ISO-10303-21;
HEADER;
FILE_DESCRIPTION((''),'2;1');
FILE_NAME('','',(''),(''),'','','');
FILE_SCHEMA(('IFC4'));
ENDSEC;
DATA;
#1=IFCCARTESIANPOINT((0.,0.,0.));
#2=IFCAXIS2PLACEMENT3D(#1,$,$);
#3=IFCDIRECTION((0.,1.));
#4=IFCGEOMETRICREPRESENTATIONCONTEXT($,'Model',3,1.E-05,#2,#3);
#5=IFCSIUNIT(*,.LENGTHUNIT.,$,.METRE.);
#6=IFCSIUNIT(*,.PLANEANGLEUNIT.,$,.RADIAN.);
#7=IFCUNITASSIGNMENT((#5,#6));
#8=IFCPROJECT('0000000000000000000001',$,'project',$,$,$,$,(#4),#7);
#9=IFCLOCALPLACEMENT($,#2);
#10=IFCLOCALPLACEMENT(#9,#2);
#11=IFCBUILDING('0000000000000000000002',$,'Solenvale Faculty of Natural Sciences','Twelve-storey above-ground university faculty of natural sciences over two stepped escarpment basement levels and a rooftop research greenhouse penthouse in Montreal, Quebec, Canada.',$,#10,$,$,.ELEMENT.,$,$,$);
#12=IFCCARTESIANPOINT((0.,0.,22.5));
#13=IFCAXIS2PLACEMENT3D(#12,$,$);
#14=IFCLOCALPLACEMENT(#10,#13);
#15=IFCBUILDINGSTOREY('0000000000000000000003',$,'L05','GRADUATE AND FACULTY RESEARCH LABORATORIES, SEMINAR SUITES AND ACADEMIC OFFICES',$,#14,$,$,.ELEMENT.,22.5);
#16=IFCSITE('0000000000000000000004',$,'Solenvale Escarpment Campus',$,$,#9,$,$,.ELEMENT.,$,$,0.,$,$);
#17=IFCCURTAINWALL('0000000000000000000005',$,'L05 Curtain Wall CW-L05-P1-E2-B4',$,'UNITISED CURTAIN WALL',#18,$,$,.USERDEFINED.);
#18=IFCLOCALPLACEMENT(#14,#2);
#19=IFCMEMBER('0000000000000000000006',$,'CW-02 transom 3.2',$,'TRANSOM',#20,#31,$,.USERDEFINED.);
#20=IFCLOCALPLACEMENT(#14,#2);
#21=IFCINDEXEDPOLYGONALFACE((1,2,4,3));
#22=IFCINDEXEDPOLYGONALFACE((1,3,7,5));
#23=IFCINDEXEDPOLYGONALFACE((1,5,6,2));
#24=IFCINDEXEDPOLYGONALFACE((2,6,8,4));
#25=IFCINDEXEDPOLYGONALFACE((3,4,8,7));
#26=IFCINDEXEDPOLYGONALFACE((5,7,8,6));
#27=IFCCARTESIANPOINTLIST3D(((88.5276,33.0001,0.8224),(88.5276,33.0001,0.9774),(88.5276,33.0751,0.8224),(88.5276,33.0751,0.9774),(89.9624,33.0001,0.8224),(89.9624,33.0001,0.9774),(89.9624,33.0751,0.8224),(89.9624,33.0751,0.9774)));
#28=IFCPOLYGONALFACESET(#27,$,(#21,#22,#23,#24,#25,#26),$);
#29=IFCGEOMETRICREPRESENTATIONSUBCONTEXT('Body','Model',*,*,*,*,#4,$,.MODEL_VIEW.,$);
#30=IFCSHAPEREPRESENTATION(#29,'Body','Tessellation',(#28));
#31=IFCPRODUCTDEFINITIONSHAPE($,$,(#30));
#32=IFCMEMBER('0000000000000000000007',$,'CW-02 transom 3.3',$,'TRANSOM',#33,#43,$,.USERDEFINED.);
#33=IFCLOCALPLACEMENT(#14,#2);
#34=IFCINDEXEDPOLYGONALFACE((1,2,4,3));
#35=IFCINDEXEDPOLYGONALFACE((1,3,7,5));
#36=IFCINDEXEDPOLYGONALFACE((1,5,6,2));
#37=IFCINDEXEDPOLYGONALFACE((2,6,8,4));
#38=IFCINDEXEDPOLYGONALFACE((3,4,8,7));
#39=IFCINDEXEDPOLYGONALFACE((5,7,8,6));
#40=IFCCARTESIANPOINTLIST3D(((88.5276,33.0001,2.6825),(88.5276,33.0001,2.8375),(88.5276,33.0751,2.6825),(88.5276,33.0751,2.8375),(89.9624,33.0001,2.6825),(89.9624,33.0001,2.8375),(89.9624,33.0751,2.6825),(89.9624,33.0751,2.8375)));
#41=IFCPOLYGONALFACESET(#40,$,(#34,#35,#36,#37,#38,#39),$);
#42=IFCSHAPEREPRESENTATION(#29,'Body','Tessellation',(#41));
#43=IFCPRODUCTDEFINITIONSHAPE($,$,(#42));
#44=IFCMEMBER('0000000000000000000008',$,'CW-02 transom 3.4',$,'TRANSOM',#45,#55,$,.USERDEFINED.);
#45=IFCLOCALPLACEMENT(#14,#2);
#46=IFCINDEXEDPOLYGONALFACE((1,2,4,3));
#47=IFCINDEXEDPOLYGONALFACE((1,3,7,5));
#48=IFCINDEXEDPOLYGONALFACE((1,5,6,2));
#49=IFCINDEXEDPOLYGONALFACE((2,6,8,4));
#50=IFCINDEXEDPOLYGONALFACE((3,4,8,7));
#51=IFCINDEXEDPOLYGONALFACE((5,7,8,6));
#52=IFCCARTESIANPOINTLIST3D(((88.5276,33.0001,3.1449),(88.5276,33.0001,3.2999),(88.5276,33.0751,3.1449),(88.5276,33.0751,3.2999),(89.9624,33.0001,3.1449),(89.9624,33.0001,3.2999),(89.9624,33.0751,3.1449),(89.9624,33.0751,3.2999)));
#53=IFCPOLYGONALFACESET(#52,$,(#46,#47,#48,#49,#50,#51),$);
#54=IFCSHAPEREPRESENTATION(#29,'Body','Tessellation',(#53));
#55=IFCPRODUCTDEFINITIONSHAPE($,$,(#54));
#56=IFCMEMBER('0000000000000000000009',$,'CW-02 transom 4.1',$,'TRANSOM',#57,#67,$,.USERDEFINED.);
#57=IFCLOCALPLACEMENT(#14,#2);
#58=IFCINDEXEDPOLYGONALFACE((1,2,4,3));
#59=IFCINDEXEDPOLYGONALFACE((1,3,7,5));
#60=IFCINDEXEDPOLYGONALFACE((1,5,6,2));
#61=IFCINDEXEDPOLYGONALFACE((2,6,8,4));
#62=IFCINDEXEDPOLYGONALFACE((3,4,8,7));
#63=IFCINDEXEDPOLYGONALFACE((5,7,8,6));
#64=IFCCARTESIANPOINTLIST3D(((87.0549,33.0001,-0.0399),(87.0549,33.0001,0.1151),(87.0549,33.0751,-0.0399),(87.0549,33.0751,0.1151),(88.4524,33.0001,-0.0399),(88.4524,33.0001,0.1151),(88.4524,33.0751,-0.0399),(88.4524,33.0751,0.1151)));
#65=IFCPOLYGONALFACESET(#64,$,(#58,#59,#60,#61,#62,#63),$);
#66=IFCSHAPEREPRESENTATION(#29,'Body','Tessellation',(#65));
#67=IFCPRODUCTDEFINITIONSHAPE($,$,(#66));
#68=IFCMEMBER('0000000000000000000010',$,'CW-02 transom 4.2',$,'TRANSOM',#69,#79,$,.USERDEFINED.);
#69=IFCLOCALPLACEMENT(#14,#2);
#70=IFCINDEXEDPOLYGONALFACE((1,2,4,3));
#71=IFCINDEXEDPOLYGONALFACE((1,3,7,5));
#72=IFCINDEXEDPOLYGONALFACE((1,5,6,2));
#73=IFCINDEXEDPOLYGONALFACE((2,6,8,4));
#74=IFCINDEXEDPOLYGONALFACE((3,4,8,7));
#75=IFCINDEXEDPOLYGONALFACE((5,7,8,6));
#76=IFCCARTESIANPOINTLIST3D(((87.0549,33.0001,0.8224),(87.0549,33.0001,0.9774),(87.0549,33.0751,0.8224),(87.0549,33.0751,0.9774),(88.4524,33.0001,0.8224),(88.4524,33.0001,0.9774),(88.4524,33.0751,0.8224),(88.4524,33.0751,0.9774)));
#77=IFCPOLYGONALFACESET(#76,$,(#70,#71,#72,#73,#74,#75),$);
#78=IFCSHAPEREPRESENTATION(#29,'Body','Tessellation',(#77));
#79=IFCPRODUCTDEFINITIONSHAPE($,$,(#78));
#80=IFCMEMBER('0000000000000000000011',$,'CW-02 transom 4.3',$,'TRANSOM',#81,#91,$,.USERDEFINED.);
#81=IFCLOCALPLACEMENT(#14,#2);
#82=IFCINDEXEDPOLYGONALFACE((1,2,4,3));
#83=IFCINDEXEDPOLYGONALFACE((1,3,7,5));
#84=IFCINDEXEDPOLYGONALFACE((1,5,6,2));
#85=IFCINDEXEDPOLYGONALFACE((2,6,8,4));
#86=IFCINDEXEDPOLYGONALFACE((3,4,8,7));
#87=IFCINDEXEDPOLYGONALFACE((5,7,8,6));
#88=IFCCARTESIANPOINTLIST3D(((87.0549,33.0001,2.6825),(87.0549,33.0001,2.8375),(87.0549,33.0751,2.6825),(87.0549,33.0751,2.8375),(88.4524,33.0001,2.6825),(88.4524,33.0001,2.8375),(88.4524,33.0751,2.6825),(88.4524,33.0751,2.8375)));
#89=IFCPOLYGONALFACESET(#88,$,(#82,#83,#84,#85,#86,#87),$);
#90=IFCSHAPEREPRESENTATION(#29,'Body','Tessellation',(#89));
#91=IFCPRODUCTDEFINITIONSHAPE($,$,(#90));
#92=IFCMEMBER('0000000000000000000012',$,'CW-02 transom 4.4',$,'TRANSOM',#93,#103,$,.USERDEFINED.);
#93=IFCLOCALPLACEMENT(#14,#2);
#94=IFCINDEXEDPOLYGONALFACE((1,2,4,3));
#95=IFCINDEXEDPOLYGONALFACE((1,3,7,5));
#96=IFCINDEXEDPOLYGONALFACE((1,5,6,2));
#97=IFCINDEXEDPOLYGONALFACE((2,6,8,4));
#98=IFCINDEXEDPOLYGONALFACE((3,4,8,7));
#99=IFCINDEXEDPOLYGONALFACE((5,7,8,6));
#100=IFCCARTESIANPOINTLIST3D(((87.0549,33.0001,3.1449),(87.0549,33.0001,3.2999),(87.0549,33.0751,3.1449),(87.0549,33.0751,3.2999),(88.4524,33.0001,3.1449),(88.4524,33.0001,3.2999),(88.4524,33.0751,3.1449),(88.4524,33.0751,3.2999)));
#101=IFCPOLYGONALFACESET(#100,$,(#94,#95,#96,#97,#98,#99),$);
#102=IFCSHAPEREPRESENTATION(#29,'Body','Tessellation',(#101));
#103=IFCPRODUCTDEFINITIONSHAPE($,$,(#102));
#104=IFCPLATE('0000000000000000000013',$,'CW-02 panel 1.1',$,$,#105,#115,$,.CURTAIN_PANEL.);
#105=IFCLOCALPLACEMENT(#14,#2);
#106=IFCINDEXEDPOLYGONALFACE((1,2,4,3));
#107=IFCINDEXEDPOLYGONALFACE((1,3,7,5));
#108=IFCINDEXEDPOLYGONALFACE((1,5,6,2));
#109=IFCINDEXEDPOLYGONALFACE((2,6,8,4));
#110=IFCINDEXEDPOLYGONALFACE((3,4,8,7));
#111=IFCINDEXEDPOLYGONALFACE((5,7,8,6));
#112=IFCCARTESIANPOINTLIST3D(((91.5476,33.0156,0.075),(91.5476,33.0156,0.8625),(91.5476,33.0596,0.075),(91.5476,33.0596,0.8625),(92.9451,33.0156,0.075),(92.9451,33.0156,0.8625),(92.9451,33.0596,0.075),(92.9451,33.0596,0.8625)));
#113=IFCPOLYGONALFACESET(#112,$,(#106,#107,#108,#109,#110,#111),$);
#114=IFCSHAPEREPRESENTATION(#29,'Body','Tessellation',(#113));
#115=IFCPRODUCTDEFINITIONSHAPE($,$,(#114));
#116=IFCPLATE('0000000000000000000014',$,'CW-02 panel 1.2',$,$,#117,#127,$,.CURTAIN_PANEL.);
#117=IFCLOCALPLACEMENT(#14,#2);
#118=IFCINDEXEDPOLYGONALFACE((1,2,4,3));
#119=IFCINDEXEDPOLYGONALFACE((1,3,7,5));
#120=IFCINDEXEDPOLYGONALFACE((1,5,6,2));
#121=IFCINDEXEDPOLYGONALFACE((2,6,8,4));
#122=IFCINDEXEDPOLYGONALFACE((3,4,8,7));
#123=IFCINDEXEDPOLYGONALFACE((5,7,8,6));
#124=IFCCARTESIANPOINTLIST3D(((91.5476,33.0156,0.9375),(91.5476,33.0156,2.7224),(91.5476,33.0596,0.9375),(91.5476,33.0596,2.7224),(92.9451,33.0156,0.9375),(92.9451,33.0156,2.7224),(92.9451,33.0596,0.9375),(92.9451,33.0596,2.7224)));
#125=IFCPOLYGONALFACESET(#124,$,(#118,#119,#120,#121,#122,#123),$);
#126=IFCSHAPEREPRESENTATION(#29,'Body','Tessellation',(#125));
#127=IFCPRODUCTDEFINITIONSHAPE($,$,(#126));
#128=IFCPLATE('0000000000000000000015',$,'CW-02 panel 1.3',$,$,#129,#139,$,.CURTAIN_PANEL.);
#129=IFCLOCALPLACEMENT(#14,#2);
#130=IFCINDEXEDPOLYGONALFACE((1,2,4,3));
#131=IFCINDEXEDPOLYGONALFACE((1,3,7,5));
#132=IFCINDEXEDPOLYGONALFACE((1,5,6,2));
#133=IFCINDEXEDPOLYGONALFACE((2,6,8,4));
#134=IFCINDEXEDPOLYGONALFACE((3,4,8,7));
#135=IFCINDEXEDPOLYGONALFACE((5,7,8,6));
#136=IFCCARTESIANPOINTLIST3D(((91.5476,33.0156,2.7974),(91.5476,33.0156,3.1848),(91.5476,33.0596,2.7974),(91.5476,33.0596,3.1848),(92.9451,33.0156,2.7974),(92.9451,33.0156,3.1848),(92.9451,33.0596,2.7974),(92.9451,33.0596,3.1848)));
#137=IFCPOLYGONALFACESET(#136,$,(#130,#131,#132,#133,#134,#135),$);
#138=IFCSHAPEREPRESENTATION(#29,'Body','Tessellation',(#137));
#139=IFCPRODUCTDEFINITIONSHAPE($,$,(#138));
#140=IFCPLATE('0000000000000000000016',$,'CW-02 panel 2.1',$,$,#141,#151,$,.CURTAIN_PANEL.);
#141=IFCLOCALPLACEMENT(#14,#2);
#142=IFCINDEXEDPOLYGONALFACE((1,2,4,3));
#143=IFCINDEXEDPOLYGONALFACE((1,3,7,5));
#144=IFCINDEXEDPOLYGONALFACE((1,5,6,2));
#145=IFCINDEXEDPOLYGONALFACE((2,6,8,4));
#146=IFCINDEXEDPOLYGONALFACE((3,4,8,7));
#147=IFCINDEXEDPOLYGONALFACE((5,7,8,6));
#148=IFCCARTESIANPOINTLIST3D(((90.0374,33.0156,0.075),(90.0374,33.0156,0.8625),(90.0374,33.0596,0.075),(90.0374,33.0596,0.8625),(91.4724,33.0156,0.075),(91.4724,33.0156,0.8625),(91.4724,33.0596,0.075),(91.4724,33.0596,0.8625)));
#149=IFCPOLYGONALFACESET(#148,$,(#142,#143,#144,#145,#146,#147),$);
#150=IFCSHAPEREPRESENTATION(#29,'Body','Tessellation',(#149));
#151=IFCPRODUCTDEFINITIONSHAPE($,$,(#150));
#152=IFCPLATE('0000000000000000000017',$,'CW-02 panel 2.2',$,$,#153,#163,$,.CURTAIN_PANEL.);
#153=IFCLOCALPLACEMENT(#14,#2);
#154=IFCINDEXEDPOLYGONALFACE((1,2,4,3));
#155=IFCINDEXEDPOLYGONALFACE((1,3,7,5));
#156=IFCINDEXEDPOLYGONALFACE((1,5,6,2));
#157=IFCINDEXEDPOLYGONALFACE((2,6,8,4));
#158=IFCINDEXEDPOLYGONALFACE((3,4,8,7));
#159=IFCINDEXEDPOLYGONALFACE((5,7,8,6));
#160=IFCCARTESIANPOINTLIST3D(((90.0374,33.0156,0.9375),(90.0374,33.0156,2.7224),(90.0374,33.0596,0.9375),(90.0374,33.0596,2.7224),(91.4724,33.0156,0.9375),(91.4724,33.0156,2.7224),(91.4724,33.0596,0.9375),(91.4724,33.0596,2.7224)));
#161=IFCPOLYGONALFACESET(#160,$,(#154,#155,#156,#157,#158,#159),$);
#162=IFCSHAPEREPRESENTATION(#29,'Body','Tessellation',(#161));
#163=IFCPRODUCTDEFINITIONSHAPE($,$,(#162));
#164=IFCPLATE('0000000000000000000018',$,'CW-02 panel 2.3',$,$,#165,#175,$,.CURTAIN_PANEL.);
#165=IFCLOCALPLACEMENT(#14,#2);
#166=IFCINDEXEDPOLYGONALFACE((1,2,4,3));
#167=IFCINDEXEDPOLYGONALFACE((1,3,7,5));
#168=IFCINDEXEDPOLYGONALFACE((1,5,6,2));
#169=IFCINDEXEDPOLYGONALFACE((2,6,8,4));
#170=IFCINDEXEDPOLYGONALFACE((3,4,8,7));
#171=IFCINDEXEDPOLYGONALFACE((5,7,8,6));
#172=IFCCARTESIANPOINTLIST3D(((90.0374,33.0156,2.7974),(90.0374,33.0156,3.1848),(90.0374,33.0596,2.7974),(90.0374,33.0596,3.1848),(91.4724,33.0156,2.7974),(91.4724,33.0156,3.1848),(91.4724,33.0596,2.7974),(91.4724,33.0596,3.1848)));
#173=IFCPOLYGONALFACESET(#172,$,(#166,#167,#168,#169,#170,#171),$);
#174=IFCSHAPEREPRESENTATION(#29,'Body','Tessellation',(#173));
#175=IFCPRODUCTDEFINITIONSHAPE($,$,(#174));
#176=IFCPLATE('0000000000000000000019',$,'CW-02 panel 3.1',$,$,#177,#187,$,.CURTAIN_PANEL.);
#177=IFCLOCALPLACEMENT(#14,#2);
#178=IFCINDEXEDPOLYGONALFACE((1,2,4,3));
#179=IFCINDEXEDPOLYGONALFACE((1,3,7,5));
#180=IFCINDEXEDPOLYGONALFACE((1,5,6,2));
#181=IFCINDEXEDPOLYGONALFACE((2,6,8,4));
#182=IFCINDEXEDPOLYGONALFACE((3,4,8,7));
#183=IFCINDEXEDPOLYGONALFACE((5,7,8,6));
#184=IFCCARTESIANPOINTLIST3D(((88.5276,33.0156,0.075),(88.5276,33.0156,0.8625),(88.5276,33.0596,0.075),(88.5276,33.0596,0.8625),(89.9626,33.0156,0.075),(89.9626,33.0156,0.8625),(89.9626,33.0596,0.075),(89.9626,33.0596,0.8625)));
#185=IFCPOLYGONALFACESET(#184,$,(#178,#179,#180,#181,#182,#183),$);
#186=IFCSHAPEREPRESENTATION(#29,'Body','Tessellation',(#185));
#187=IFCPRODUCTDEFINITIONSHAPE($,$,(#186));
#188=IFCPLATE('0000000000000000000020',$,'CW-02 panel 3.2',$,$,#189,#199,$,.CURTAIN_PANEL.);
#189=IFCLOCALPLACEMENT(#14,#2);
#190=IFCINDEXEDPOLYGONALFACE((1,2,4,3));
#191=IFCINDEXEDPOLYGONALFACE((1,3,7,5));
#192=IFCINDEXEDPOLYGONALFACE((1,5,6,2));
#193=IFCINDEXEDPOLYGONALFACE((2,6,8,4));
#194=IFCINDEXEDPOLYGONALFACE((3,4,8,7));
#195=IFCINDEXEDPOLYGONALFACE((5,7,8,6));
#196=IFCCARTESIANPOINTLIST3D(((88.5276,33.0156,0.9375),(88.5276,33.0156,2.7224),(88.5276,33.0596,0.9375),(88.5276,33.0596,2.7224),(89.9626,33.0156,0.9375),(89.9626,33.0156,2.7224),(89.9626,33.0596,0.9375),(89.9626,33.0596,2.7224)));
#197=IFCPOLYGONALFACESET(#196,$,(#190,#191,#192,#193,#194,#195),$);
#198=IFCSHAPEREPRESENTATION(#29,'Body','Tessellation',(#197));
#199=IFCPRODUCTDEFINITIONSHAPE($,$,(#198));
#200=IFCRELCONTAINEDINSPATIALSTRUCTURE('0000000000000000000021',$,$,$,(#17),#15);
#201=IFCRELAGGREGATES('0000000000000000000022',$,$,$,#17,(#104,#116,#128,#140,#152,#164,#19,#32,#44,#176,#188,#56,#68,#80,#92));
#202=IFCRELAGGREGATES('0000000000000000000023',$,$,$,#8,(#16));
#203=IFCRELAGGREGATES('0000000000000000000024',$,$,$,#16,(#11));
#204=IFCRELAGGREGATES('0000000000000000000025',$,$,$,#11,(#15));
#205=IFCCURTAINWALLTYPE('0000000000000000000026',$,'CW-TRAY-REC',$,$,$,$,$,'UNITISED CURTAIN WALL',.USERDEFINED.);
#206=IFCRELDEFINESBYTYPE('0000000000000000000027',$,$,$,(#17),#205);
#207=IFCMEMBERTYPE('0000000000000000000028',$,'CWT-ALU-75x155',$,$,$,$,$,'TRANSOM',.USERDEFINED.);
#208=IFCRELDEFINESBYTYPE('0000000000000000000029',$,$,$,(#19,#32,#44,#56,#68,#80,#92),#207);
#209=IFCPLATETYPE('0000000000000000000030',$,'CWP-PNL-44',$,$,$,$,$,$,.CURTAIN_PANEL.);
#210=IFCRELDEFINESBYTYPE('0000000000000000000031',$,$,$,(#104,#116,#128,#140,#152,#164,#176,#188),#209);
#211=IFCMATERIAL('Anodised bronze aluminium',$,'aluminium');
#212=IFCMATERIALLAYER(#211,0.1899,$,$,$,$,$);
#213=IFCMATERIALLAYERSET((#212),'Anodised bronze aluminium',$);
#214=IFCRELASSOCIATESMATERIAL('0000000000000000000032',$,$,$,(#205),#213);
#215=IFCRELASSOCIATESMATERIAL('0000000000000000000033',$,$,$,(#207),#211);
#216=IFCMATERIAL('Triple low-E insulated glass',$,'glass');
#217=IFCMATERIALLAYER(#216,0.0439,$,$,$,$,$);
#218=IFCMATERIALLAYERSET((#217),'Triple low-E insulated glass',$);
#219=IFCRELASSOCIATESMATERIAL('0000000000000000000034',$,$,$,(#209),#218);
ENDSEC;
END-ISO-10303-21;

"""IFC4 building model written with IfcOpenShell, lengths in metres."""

from ifc_helpers import new_model, si_unit, direction, frame, origin, origin_2d, place, context, subcontext, project, spatial, rectangle, extrude, material, layer, layer_set, material_profile, profile_set, type_object, element, aggregate, save


model = new_model("IFC4")

# Units and contexts
model_context = context("Model", 3, precision=1e-05, world=origin(), true_north=direction((0.0, 1.0)))
body_context = subcontext(model_context, "Body", "Model", "MODEL_VIEW")
ifc_project = project(units=[si_unit("LENGTHUNIT", "METRE"), si_unit("PLANEANGLEUNIT", "RADIAN")], contexts=[model_context])

# Site, building, storey
site_placement = place(None, origin())
site = spatial("IfcSite", under=ifc_project, at=site_placement, Name="Solenvale Escarpment Campus", CompositionType="ELEMENT", RefElevation=0.0)
building_placement = place(site_placement, origin())
building = spatial("IfcBuilding", under=site, at=building_placement, Name="Solenvale Faculty of Natural Sciences", Description="Twelve-storey above-ground university faculty of natural sciences over two stepped escarpment basement levels and a rooftop research greenhouse penthouse in Montreal, Quebec, Canada.", CompositionType="ELEMENT")
storey_placement = place(building_placement, frame((0.0, 0.0, 22.5)))
storey = spatial("IfcBuildingStorey", under=building, at=storey_placement, Name="L05", Description="GRADUATE AND FACULTY RESEARCH LABORATORIES, SEMINAR SUITES AND ACADEMIC OFFICES", CompositionType="ELEMENT", Elevation=22.5)

# Curtain wall, members, plates
ifc_material_1 = material(Name="Anodised bronze aluminium", Category="aluminium")
ifc_layer_1 = layer(ifc_material_1, 0.1899)
ifc_layer_set_1 = layer_set([ifc_layer_1], Name="Anodised bronze aluminium")
curtain_wall_type = type_object("IfcCurtainWallType", Name="CW-TRAY-REC", ElementType="UNITISED CURTAIN WALL", PredefinedType="USERDEFINED", material=ifc_layer_set_1)
curtain_wall_placement = place(storey_placement, origin())
curtain_wall = element("IfcCurtainWall", 1, at=curtain_wall_placement, inside=storey, type_object=curtain_wall_type, Name="L05 Curtain Wall CW-L05-P1-E2-B4", ObjectType="UNITISED CURTAIN WALL", PredefinedType="USERDEFINED")
ifc_material_profile_1 = material_profile(ifc_material_1, rectangle(XDim=0.075, YDim=0.155, at=origin_2d()), Name="ALU-TRN-75x155")
ifc_profile_set_1 = profile_set([ifc_material_profile_1], Name="Anodised bronze aluminium")
member_type_1 = type_object("IfcMemberType", Name="CWT-ALU-75x155", ElementType="TRANSOM", PredefinedType="USERDEFINED", material=ifc_profile_set_1)
member_1_placement = place(storey_placement, frame((89.9624, 33.0376, 0.8999), z_axis=(-1.0, 0.0, 0.0), x_axis=(0.0, -1.0, 0.0)))
member_1 = element("IfcMember", 2, at=member_1_placement, type_object=member_type_1, Name="CW-02 transom 3.2", ObjectType="TRANSOM", PredefinedType="USERDEFINED", context=body_context, shape_type="SweptSolid", body=[
    extrude(rectangle(XDim=0.075, YDim=0.155, at=origin_2d()), origin(), (0.0, 0.0, 1.0), 1.4348),
])
member_2_placement = place(storey_placement, frame((89.9624, 33.0376, 2.76), z_axis=(-1.0, 0.0, 0.0), x_axis=(0.0, -1.0, 0.0)))
member_2 = element("IfcMember", 3, at=member_2_placement, type_object=member_type_1, Name="CW-02 transom 3.3", ObjectType="TRANSOM", PredefinedType="USERDEFINED", context=body_context, shape_type="SweptSolid", body=[
    extrude(rectangle(XDim=0.075, YDim=0.155, at=origin_2d()), origin(), (0.0, 0.0, 1.0), 1.4348),
])
member_3_placement = place(storey_placement, frame((89.9624, 33.0376, 3.2224), z_axis=(-1.0, 0.0, 0.0), x_axis=(0.0, -1.0, 0.0)))
member_3 = element("IfcMember", 4, at=member_3_placement, type_object=member_type_1, Name="CW-02 transom 3.4", ObjectType="TRANSOM", PredefinedType="USERDEFINED", context=body_context, shape_type="SweptSolid", body=[
    extrude(rectangle(XDim=0.075, YDim=0.155, at=origin_2d()), origin(), (0.0, 0.0, 1.0), 1.4348),
])
member_4_placement = place(storey_placement, frame((88.4524, 33.0376, 0.0376), z_axis=(-1.0, 0.0, 0.0), x_axis=(0.0, -1.0, 0.0)))
member_4 = element("IfcMember", 5, at=member_4_placement, type_object=member_type_1, Name="CW-02 transom 4.1", ObjectType="TRANSOM", PredefinedType="USERDEFINED", context=body_context, shape_type="SweptSolid", body=[
    extrude(rectangle(XDim=0.075, YDim=0.155, at=origin_2d()), origin(), (0.0, 0.0, 1.0), 1.3975),
])
member_5_placement = place(storey_placement, frame((88.4524, 33.0376, 0.8999), z_axis=(-1.0, 0.0, 0.0), x_axis=(0.0, -1.0, 0.0)))
member_5 = element("IfcMember", 6, at=member_5_placement, type_object=member_type_1, Name="CW-02 transom 4.2", ObjectType="TRANSOM", PredefinedType="USERDEFINED", context=body_context, shape_type="SweptSolid", body=[
    extrude(rectangle(XDim=0.075, YDim=0.155, at=origin_2d()), origin(), (0.0, 0.0, 1.0), 1.3975),
])
member_6_placement = place(storey_placement, frame((88.4524, 33.0376, 2.76), z_axis=(-1.0, 0.0, 0.0), x_axis=(0.0, -1.0, 0.0)))
member_6 = element("IfcMember", 7, at=member_6_placement, type_object=member_type_1, Name="CW-02 transom 4.3", ObjectType="TRANSOM", PredefinedType="USERDEFINED", context=body_context, shape_type="SweptSolid", body=[
    extrude(rectangle(XDim=0.075, YDim=0.155, at=origin_2d()), origin(), (0.0, 0.0, 1.0), 1.3975),
])
member_7_placement = place(storey_placement, frame((88.4524, 33.0376, 3.2224), z_axis=(-1.0, 0.0, 0.0), x_axis=(0.0, -1.0, 0.0)))
member_7 = element("IfcMember", 8, at=member_7_placement, type_object=member_type_1, Name="CW-02 transom 4.4", ObjectType="TRANSOM", PredefinedType="USERDEFINED", context=body_context, shape_type="SweptSolid", body=[
    extrude(rectangle(XDim=0.075, YDim=0.155, at=origin_2d()), origin(), (0.0, 0.0, 1.0), 1.3975),
])
ifc_material_2 = material(Name="Triple low-E insulated glass", Category="glass")
ifc_layer_2 = layer(ifc_material_2, 0.0439)
ifc_layer_set_2 = layer_set([ifc_layer_2], Name="Triple low-E insulated glass")
plate_type = type_object("IfcPlateType", Name="CWP-PNL-44", PredefinedType="CURTAIN_PANEL", material=ifc_layer_set_2)
plate_1_placement = place(storey_placement, frame((92.2463, 33.0376, 0.075), z_axis=(0.0, 0.0, 1.0), x_axis=(-1.0, 0.0, 0.0)))
plate_1 = element("IfcPlate", 9, at=plate_1_placement, type_object=plate_type, Name="CW-02 panel 1.1", PredefinedType="CURTAIN_PANEL", context=body_context, shape_type="SweptSolid", body=[
    extrude(rectangle(XDim=1.3975, YDim=0.0439, at=origin_2d()), origin(), (0.0, 0.0, 1.0), 0.7876),
])
plate_2_placement = place(storey_placement, frame((92.2463, 33.0376, 0.9375), z_axis=(0.0, 0.0, 1.0), x_axis=(-1.0, 0.0, 0.0)))
plate_2 = element("IfcPlate", 10, at=plate_2_placement, type_object=plate_type, Name="CW-02 panel 1.2", PredefinedType="CURTAIN_PANEL", context=body_context, shape_type="SweptSolid", body=[
    extrude(rectangle(XDim=1.3975, YDim=0.0439, at=origin_2d()), origin(), (0.0, 0.0, 1.0), 1.7849),
])
plate_3_placement = place(storey_placement, frame((92.2463, 33.0376, 2.7974), z_axis=(0.0, 0.0, 1.0), x_axis=(-1.0, 0.0, 0.0)))
plate_3 = element("IfcPlate", 11, at=plate_3_placement, type_object=plate_type, Name="CW-02 panel 1.3", PredefinedType="CURTAIN_PANEL", context=body_context, shape_type="SweptSolid", body=[
    extrude(rectangle(XDim=1.3975, YDim=0.0439, at=origin_2d()), origin(), (0.0, 0.0, 1.0), 0.3875),
])
plate_4_placement = place(storey_placement, frame((90.7549, 33.0376, 0.075), z_axis=(0.0, 0.0, 1.0), x_axis=(-1.0, 0.0, 0.0)))
plate_4 = element("IfcPlate", 12, at=plate_4_placement, type_object=plate_type, Name="CW-02 panel 2.1", PredefinedType="CURTAIN_PANEL", context=body_context, shape_type="SweptSolid", body=[
    extrude(rectangle(XDim=1.4351, YDim=0.0439, at=origin_2d()), origin(), (0.0, 0.0, 1.0), 0.7876),
])
plate_5_placement = place(storey_placement, frame((90.7549, 33.0376, 0.9375), z_axis=(0.0, 0.0, 1.0), x_axis=(-1.0, 0.0, 0.0)))
plate_5 = element("IfcPlate", 13, at=plate_5_placement, type_object=plate_type, Name="CW-02 panel 2.2", PredefinedType="CURTAIN_PANEL", context=body_context, shape_type="SweptSolid", body=[
    extrude(rectangle(XDim=1.4351, YDim=0.0439, at=origin_2d()), origin(), (0.0, 0.0, 1.0), 1.7849),
])
plate_6_placement = place(storey_placement, frame((90.7549, 33.0376, 2.7974), z_axis=(0.0, 0.0, 1.0), x_axis=(-1.0, 0.0, 0.0)))
plate_6 = element("IfcPlate", 14, at=plate_6_placement, type_object=plate_type, Name="CW-02 panel 2.3", PredefinedType="CURTAIN_PANEL", context=body_context, shape_type="SweptSolid", body=[
    extrude(rectangle(XDim=1.4351, YDim=0.0439, at=origin_2d()), origin(), (0.0, 0.0, 1.0), 0.3875),
])
plate_7_placement = place(storey_placement, frame((89.2451, 33.0376, 0.075), z_axis=(0.0, 0.0, 1.0), x_axis=(-1.0, 0.0, 0.0)))
plate_7 = element("IfcPlate", 15, at=plate_7_placement, type_object=plate_type, Name="CW-02 panel 3.1", PredefinedType="CURTAIN_PANEL", context=body_context, shape_type="SweptSolid", body=[
    extrude(rectangle(XDim=1.4351, YDim=0.0439, at=origin_2d()), origin(), (0.0, 0.0, 1.0), 0.7876),
])
plate_8_placement = place(storey_placement, frame((89.2451, 33.0376, 0.9375), z_axis=(0.0, 0.0, 1.0), x_axis=(-1.0, 0.0, 0.0)))
plate_8 = element("IfcPlate", 16, at=plate_8_placement, type_object=plate_type, Name="CW-02 panel 3.2", PredefinedType="CURTAIN_PANEL", context=body_context, shape_type="SweptSolid", body=[
    extrude(rectangle(XDim=1.4351, YDim=0.0439, at=origin_2d()), origin(), (0.0, 0.0, 1.0), 1.7849),
])
aggregate(curtain_wall, [plate_1, plate_2, plate_3, plate_4, plate_5, plate_6, member_1, member_2, member_3, plate_7, plate_8, member_4, member_5, member_6, member_7])

save(model, "model.ifc")
